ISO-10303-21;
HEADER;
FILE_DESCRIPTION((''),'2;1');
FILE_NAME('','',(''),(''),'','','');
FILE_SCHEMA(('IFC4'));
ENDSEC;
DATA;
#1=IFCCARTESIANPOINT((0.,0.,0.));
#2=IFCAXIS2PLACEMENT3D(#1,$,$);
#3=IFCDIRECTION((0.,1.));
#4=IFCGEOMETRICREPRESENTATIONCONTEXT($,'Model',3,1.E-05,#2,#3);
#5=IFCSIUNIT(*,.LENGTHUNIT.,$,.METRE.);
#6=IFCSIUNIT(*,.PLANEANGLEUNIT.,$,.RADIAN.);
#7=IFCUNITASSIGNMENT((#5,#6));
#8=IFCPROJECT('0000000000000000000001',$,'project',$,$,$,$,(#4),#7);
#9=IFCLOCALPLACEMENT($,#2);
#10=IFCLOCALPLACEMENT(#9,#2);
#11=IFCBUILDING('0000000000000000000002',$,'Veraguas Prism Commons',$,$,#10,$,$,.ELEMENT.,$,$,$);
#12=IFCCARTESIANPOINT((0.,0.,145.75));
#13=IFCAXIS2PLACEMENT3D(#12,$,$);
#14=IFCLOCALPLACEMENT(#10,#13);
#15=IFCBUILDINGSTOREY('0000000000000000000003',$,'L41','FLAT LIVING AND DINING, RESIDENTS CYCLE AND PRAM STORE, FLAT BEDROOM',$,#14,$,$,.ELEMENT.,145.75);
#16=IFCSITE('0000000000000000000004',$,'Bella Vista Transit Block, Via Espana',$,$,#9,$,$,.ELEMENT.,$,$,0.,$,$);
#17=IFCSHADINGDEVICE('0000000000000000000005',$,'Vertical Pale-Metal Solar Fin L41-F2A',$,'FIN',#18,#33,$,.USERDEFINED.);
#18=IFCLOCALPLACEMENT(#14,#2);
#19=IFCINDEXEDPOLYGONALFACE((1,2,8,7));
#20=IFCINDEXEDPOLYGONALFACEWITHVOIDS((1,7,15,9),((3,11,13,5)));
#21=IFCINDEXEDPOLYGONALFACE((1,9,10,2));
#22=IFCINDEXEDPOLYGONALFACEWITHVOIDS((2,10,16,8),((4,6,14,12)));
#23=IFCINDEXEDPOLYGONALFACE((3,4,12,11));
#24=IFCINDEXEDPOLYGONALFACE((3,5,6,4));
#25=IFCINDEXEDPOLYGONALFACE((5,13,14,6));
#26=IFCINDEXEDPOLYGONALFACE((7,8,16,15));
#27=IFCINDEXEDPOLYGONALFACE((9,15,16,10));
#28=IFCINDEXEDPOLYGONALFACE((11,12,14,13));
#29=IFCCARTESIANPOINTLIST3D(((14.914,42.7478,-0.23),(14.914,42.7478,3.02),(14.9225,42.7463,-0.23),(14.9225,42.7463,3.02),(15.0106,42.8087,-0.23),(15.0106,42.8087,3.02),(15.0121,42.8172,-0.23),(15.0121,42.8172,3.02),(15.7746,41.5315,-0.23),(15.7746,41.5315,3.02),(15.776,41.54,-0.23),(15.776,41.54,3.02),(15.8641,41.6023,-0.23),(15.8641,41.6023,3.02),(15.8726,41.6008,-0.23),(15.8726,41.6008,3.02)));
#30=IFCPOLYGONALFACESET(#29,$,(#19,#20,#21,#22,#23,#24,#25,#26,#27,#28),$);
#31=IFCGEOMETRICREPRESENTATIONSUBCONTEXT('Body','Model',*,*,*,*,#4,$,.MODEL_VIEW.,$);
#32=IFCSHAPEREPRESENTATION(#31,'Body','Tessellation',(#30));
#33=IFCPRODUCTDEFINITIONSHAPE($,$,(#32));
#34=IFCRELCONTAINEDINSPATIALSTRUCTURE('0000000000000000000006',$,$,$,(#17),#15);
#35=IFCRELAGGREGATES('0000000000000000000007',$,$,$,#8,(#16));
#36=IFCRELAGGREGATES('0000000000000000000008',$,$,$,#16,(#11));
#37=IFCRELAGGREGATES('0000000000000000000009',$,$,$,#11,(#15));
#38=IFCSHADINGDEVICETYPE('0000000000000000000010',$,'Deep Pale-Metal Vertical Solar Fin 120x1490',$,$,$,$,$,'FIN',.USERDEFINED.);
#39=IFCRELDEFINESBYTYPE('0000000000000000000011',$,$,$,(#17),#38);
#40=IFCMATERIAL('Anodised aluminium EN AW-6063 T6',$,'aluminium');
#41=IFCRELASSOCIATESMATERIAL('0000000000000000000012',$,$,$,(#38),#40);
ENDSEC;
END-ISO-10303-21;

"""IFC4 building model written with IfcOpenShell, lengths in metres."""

from ifc_helpers import new_model, si_unit, direction, frame, origin, origin_2d, place, context, subcontext, project, spatial, hollow_rectangle, extrude, material, material_profile, profile_set, type_object, element, save


model = new_model("IFC4")

# Units and contexts
model_context = context("Model", 3, precision=1e-05, world=origin(), true_north=direction((0.0, 1.0)))
body_context = subcontext(model_context, "Body", "Model", "MODEL_VIEW")
ifc_project = project(units=[si_unit("LENGTHUNIT", "METRE"), si_unit("PLANEANGLEUNIT", "RADIAN")], contexts=[model_context])

# Site, building, storey
site_placement = place(None, origin())
site = spatial("IfcSite", under=ifc_project, at=site_placement, Name="Bella Vista Transit Block, Via Espana", CompositionType="ELEMENT", RefElevation=0.0)
building_placement = place(site_placement, origin())
building = spatial("IfcBuilding", under=site, at=building_placement, Name="Veraguas Prism Commons", CompositionType="ELEMENT")
storey_placement = place(building_placement, frame((0.0, 0.0, 145.75)))
storey = spatial("IfcBuildingStorey", under=building, at=storey_placement, Name="L41", Description="FLAT LIVING AND DINING, RESIDENTS CYCLE AND PRAM STORE, FLAT BEDROOM", CompositionType="ELEMENT", Elevation=145.75)

# Shared definitions
ifc_material_1 = material(Name="Anodised aluminium EN AW-6063 T6", Category="aluminium")

# Shading device
ifc_material_profile_1 = material_profile(ifc_material_1, hollow_rectangle(XDim=0.1201, YDim=1.49, WallThickness=0.0061, at=origin_2d()), Name="FIN120X1490X6")
ifc_profile_set_1 = profile_set([ifc_material_profile_1], Name="Anodised aluminium EN AW-6063 T6")
shading_device_type = type_object("IfcShadingDeviceType", Name="Deep Pale-Metal Vertical Solar Fin 120x1490", ElementType="FIN", PredefinedType="USERDEFINED", material=ifc_profile_set_1)
shading_device_placement = place(storey_placement, frame((15.3933, 42.1743, -0.23), z_axis=(0.0, 0.0, 1.0), x_axis=(-0.81634, -0.577571, 0.0)))
element("IfcShadingDevice", 1, at=shading_device_placement, inside=storey, type_object=shading_device_type, Name="Vertical Pale-Metal Solar Fin L41-F2A", ObjectType="FIN", PredefinedType="USERDEFINED", context=body_context, shape_type="SweptSolid", body=[
    extrude(hollow_rectangle(XDim=0.1201, YDim=1.49, WallThickness=0.0061, at=origin_2d()), origin(), (0.0, 0.0, 1.0), 3.25),
])

save(model, "model.ifc")
